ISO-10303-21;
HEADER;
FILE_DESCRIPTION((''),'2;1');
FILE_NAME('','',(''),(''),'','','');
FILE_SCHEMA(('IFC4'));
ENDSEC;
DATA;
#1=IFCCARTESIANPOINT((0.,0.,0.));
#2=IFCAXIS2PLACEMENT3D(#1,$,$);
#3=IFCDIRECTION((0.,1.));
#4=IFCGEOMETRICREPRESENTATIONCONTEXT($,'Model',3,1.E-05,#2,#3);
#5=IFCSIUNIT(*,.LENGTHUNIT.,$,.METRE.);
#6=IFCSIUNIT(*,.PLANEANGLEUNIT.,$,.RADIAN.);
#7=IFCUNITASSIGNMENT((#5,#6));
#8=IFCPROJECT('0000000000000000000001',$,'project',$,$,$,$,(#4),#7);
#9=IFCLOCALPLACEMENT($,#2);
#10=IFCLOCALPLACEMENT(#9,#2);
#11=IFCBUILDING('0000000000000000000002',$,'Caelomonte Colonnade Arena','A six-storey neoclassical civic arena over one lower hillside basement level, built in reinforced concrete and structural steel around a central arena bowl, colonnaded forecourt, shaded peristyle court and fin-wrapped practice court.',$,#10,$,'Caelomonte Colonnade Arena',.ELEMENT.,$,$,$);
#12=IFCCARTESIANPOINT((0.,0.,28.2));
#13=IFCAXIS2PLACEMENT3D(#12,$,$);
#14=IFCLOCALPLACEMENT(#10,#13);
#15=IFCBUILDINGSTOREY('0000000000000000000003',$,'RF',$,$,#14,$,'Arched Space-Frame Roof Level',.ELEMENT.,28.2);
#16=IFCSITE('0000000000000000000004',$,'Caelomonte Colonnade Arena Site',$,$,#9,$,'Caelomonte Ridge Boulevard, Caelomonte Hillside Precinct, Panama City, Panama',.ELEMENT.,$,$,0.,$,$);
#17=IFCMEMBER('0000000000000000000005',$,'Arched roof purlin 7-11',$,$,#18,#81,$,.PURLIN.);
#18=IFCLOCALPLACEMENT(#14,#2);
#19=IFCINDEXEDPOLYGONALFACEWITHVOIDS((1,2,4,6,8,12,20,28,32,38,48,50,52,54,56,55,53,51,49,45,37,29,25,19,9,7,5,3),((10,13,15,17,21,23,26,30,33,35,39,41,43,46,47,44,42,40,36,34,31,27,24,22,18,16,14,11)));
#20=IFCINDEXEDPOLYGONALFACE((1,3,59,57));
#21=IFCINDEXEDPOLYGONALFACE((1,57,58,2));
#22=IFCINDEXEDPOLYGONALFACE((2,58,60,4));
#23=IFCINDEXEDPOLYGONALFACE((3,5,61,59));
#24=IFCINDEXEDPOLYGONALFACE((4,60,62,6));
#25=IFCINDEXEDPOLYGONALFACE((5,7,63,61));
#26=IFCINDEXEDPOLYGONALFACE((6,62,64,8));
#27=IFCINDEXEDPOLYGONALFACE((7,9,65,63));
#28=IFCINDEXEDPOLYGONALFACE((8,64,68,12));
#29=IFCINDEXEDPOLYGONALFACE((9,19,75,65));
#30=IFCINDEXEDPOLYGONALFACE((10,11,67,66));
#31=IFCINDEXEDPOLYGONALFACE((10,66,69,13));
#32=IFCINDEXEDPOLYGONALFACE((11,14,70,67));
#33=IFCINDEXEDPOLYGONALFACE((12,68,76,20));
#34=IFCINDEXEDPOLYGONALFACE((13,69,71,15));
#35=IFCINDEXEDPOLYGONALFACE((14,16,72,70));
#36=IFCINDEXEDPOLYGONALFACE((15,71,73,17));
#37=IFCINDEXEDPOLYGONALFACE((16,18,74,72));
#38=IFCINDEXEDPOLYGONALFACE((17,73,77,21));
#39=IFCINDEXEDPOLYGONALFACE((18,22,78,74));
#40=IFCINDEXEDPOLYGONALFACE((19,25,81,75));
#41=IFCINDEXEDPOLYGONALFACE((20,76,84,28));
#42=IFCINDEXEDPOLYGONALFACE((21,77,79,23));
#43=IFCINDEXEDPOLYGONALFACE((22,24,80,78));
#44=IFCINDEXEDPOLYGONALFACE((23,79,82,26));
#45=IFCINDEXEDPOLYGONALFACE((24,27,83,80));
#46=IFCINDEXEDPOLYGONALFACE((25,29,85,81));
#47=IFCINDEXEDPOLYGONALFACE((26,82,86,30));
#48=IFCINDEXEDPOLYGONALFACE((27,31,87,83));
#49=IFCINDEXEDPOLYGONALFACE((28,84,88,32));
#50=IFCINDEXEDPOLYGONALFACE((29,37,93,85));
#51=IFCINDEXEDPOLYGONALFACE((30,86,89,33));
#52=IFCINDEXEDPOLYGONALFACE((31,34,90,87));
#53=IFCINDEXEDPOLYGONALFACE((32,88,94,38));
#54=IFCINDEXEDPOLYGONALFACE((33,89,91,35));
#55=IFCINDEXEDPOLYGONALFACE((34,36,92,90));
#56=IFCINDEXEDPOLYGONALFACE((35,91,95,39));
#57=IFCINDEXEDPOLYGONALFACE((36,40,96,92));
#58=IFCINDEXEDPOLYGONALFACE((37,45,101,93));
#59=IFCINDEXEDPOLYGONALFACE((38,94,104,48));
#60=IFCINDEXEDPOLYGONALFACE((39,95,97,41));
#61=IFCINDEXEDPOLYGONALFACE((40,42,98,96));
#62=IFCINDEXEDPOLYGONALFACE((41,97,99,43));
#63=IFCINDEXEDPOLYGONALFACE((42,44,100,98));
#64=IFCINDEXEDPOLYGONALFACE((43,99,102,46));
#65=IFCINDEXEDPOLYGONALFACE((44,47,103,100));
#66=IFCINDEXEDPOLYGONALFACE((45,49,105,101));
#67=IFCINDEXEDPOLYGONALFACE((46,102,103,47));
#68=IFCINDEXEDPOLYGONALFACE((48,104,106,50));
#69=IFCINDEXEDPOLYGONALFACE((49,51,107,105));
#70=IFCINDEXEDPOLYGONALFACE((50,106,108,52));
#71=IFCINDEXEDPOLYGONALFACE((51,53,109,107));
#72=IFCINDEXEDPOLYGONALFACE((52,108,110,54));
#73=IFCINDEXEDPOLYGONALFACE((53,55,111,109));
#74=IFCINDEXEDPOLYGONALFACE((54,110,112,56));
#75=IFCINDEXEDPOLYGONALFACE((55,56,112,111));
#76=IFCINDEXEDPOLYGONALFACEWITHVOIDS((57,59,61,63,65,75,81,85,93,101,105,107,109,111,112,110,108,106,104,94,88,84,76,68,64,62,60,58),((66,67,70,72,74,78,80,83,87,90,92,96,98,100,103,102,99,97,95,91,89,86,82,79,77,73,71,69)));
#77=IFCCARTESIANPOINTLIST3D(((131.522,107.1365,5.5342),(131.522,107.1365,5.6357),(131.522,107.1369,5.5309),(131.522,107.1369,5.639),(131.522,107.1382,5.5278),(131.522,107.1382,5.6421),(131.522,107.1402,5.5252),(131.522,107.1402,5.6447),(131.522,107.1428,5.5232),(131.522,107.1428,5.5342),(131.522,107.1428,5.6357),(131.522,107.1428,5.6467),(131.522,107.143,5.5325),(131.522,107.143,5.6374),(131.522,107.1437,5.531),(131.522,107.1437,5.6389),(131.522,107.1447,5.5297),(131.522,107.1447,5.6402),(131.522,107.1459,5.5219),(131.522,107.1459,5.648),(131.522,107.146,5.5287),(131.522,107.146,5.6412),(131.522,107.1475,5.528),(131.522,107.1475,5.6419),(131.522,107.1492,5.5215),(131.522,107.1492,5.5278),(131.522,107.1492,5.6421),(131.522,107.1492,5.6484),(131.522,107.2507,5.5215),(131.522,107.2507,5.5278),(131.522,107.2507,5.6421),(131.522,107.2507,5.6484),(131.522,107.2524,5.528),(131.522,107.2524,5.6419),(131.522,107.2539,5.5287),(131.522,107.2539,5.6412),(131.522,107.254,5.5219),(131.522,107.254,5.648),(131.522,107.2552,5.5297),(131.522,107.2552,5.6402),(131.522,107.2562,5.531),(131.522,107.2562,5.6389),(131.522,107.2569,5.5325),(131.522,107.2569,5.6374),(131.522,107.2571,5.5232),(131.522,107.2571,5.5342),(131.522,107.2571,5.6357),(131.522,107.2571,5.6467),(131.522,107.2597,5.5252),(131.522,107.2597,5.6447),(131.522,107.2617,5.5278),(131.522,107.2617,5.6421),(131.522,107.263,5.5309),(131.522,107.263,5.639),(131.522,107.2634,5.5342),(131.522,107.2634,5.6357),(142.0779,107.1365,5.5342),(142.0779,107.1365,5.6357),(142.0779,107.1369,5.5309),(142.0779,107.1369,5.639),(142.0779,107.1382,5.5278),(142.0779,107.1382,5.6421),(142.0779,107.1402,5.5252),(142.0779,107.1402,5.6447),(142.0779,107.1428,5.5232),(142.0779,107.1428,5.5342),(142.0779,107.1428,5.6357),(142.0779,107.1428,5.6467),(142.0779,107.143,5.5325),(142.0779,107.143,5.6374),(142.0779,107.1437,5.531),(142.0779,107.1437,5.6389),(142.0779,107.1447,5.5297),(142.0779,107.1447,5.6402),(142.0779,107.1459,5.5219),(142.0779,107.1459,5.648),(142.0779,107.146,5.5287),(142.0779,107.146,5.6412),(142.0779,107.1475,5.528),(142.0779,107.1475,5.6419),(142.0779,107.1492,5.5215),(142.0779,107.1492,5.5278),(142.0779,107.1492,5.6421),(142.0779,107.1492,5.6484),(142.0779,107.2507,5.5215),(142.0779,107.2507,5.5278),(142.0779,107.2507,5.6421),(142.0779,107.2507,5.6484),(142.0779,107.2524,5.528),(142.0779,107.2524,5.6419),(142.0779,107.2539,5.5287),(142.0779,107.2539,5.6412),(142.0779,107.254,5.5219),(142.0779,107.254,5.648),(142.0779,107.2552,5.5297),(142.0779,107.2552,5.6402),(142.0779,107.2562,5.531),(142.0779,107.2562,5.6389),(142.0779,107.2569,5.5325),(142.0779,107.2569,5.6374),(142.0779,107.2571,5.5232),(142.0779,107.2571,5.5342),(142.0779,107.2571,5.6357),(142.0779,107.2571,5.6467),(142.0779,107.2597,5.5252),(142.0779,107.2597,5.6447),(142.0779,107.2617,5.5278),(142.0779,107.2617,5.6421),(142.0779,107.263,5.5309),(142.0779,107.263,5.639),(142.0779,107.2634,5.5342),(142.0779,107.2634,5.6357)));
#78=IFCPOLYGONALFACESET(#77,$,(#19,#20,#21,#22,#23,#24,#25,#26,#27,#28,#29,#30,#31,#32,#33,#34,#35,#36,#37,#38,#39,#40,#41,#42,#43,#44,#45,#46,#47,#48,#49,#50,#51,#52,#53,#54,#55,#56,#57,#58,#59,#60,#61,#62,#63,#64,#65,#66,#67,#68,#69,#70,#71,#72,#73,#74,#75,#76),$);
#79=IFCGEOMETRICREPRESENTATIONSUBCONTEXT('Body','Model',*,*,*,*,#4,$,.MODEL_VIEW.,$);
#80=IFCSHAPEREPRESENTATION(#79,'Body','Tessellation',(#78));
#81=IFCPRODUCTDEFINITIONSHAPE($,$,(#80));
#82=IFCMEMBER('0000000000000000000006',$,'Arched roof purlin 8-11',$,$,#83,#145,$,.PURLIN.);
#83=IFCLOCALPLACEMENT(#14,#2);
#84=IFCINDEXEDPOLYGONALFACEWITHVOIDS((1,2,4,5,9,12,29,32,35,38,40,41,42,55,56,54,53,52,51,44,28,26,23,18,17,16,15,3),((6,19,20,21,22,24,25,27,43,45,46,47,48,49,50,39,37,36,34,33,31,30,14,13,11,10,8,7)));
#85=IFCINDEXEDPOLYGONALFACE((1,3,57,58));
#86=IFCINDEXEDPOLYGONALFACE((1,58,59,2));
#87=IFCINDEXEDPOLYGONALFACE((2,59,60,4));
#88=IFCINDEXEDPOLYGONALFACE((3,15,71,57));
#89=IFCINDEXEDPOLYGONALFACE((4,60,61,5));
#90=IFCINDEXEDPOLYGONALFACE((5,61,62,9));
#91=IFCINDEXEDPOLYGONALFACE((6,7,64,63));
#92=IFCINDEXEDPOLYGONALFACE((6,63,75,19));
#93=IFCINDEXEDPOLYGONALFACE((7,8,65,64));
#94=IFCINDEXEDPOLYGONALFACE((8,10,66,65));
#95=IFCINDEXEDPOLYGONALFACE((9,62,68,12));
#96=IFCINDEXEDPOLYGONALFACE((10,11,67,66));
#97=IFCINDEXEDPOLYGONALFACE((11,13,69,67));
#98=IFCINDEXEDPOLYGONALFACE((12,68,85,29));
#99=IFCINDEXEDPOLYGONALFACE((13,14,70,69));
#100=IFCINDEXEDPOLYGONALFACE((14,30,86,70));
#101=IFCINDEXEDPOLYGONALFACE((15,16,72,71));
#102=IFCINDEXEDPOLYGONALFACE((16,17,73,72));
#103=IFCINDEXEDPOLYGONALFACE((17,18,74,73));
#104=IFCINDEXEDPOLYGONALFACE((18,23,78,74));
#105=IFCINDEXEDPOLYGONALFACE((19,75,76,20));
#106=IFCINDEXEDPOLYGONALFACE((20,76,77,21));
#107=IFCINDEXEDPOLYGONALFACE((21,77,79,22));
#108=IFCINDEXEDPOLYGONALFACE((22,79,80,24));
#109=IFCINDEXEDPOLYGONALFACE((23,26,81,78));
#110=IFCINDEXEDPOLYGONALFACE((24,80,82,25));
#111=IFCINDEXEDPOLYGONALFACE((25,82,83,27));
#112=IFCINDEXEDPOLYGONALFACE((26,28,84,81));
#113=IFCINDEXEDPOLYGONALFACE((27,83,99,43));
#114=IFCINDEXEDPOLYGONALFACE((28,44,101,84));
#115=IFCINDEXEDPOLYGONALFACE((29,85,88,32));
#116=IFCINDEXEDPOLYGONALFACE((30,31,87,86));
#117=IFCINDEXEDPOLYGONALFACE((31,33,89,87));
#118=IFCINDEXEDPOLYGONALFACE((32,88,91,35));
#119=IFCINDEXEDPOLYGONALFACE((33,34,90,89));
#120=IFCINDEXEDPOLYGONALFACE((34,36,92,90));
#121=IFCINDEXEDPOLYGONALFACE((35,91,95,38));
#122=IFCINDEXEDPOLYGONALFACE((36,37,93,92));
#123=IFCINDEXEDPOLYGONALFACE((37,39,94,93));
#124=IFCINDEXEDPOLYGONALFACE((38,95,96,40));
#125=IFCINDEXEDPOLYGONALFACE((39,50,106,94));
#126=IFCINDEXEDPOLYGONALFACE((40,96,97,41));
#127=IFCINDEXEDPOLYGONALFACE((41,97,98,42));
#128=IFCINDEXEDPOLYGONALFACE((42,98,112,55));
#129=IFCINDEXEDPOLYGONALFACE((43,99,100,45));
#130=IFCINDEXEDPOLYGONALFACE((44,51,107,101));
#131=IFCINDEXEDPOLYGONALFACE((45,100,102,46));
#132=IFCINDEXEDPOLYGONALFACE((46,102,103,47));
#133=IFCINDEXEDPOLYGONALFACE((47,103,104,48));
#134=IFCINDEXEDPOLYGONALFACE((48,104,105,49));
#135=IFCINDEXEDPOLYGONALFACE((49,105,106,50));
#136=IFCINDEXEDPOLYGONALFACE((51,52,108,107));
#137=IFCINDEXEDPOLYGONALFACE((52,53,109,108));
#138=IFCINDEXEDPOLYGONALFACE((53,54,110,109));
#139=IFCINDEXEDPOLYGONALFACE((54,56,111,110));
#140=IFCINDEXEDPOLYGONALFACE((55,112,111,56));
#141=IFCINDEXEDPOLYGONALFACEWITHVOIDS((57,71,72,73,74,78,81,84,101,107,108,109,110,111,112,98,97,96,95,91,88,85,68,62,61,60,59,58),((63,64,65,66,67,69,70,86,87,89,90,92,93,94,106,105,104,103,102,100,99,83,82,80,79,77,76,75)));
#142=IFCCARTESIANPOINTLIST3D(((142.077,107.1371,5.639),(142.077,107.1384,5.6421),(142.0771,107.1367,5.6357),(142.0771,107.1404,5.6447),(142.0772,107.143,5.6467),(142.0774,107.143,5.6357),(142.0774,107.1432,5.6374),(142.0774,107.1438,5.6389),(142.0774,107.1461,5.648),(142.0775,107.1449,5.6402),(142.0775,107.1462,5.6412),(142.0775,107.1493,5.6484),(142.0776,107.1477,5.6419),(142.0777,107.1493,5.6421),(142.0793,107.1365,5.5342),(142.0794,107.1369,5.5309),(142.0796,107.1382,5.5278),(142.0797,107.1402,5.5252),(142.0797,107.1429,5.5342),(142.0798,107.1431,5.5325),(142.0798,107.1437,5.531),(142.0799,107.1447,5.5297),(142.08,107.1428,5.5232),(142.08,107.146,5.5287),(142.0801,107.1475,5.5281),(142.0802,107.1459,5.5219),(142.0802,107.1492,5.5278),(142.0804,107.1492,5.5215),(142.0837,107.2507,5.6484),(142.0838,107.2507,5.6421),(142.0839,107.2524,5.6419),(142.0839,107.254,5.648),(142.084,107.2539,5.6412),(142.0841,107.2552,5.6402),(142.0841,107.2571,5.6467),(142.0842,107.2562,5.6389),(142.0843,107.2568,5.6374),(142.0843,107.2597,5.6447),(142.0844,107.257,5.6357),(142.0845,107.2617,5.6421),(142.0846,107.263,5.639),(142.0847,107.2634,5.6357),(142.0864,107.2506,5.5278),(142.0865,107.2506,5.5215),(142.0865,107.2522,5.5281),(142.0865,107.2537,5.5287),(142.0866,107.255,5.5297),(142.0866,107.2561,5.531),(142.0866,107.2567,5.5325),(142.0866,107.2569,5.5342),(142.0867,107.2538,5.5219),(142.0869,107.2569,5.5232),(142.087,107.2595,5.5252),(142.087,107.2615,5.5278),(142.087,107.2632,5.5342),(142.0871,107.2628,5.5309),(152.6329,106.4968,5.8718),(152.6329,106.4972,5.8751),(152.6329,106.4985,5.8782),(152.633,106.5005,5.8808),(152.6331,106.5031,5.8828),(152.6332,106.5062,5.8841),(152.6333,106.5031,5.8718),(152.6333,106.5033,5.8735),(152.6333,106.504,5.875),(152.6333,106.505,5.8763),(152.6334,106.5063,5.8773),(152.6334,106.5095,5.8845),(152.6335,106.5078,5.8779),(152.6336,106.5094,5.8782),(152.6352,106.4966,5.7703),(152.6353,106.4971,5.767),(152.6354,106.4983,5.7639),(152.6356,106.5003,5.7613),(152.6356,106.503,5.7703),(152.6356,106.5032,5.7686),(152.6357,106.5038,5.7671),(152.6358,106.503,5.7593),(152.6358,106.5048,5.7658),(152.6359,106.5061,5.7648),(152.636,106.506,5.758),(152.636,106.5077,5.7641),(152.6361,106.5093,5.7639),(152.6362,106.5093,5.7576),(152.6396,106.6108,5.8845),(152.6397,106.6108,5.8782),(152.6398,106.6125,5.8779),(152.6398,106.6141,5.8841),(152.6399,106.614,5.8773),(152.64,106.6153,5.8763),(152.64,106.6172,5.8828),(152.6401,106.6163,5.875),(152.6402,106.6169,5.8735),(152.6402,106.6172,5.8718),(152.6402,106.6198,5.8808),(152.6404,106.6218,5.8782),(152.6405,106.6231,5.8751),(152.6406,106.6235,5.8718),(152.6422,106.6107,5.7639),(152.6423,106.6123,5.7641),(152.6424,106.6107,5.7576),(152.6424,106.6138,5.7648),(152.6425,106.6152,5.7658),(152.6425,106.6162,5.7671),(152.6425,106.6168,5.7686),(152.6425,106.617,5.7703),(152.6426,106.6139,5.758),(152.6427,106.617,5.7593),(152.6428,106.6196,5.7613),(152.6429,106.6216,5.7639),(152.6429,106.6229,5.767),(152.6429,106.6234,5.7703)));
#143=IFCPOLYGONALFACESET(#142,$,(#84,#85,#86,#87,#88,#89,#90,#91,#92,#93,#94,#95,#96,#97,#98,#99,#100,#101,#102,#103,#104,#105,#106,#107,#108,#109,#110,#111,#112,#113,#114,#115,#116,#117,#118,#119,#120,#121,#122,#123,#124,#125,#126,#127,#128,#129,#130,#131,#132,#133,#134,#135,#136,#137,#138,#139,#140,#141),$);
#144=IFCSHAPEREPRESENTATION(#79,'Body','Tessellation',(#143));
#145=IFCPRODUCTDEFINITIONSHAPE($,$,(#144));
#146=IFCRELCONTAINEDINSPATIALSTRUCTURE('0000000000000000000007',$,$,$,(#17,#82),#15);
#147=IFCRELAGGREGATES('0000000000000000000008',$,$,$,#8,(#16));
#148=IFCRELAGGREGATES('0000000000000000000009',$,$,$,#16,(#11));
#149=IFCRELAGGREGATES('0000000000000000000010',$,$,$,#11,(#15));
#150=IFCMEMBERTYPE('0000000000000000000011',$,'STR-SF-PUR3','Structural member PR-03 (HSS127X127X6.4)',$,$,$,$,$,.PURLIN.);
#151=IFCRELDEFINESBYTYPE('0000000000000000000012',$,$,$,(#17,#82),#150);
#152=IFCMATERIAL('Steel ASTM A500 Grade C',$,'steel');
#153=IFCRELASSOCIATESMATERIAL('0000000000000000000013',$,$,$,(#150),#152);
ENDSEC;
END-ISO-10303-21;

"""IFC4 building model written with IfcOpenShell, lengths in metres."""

from ifc_helpers import new_model, si_unit, direction, frame, origin, origin_2d, place, context, subcontext, project, spatial, hollow_rectangle, extrude, material, material_profile, profile_set, type_object, element, save


model = new_model("IFC4")

# Units and contexts
model_context = context("Model", 3, precision=1e-05, world=origin(), true_north=direction((0.0, 1.0)))
body_context = subcontext(model_context, "Body", "Model", "MODEL_VIEW")
ifc_project = project(units=[si_unit("LENGTHUNIT", "METRE"), si_unit("PLANEANGLEUNIT", "RADIAN")], contexts=[model_context])

# Site, building, storey
site_placement = place(None, origin())
site = spatial("IfcSite", under=ifc_project, at=site_placement, Name="Caelomonte Colonnade Arena Site", LongName="Caelomonte Ridge Boulevard, Caelomonte Hillside Precinct, Panama City, Panama", CompositionType="ELEMENT", RefElevation=0.0)
building_placement = place(site_placement, origin())
building = spatial("IfcBuilding", under=site, at=building_placement, Name="Caelomonte Colonnade Arena", Description="A six-storey neoclassical civic arena over one lower hillside basement level, built in reinforced concrete and structural steel around a central arena bowl, colonnaded forecourt, shaded peristyle court and fin-wrapped practice court.", LongName="Caelomonte Colonnade Arena", CompositionType="ELEMENT")
storey_placement = place(building_placement, frame((0.0, 0.0, 28.2)))
storey = spatial("IfcBuildingStorey", under=building, at=storey_placement, Name="RF", LongName="Arched Space-Frame Roof Level", CompositionType="ELEMENT", Elevation=28.2)

# Members
ifc_material_1 = material(Name="Steel ASTM A500 Grade C", Category="steel")
ifc_material_profile_1 = material_profile(ifc_material_1, hollow_rectangle(XDim=0.127, YDim=0.127, WallThickness=0.0063, InnerFilletRadius=0.0063, OuterFilletRadius=0.0127, at=origin_2d()), Name="HSS127X127X6.4")
ifc_profile_set_1 = profile_set([ifc_material_profile_1], Name="Steel ASTM A500 Grade C")
member_type_1 = type_object("IfcMemberType", Name="STR-SF-PUR3", Description="Structural member PR-03 (HSS127X127X6.4)", PredefinedType="PURLIN", material=ifc_profile_set_1)
member_1_placement = place(storey_placement, frame((131.522, 107.2, 5.585), z_axis=(1.0, 0.0, 0.0), x_axis=(0.0, 1.0, 0.0)))
element("IfcMember", 1, at=member_1_placement, inside=storey, type_object=member_type_1, Name="Arched roof purlin 7-11", PredefinedType="PURLIN", context=body_context, shape_type="SweptSolid", body=[
    extrude(hollow_rectangle(XDim=0.127, YDim=0.127, WallThickness=0.0063, InnerFilletRadius=0.0063, OuterFilletRadius=0.0127, at=origin_2d()), origin(), (0.0, 0.0, 1.0), 10.5559),
])
member_2_placement = place(storey_placement, frame((142.082, 107.2, 5.585), z_axis=(0.997919, -0.060493, 0.022319), x_axis=(0.060508, 0.998168, 0.0)))
element("IfcMember", 2, at=member_2_placement, inside=storey, type_object=member_type_1, Name="Arched roof purlin 8-11", PredefinedType="PURLIN", context=body_context, shape_type="SweptSolid", body=[
    extrude(hollow_rectangle(XDim=0.127, YDim=0.127, WallThickness=0.0063, InnerFilletRadius=0.0063, OuterFilletRadius=0.0127, at=origin_2d()), origin(), (0.0, 0.0, 1.0), 10.5779),
])

save(model, "model.ifc")
